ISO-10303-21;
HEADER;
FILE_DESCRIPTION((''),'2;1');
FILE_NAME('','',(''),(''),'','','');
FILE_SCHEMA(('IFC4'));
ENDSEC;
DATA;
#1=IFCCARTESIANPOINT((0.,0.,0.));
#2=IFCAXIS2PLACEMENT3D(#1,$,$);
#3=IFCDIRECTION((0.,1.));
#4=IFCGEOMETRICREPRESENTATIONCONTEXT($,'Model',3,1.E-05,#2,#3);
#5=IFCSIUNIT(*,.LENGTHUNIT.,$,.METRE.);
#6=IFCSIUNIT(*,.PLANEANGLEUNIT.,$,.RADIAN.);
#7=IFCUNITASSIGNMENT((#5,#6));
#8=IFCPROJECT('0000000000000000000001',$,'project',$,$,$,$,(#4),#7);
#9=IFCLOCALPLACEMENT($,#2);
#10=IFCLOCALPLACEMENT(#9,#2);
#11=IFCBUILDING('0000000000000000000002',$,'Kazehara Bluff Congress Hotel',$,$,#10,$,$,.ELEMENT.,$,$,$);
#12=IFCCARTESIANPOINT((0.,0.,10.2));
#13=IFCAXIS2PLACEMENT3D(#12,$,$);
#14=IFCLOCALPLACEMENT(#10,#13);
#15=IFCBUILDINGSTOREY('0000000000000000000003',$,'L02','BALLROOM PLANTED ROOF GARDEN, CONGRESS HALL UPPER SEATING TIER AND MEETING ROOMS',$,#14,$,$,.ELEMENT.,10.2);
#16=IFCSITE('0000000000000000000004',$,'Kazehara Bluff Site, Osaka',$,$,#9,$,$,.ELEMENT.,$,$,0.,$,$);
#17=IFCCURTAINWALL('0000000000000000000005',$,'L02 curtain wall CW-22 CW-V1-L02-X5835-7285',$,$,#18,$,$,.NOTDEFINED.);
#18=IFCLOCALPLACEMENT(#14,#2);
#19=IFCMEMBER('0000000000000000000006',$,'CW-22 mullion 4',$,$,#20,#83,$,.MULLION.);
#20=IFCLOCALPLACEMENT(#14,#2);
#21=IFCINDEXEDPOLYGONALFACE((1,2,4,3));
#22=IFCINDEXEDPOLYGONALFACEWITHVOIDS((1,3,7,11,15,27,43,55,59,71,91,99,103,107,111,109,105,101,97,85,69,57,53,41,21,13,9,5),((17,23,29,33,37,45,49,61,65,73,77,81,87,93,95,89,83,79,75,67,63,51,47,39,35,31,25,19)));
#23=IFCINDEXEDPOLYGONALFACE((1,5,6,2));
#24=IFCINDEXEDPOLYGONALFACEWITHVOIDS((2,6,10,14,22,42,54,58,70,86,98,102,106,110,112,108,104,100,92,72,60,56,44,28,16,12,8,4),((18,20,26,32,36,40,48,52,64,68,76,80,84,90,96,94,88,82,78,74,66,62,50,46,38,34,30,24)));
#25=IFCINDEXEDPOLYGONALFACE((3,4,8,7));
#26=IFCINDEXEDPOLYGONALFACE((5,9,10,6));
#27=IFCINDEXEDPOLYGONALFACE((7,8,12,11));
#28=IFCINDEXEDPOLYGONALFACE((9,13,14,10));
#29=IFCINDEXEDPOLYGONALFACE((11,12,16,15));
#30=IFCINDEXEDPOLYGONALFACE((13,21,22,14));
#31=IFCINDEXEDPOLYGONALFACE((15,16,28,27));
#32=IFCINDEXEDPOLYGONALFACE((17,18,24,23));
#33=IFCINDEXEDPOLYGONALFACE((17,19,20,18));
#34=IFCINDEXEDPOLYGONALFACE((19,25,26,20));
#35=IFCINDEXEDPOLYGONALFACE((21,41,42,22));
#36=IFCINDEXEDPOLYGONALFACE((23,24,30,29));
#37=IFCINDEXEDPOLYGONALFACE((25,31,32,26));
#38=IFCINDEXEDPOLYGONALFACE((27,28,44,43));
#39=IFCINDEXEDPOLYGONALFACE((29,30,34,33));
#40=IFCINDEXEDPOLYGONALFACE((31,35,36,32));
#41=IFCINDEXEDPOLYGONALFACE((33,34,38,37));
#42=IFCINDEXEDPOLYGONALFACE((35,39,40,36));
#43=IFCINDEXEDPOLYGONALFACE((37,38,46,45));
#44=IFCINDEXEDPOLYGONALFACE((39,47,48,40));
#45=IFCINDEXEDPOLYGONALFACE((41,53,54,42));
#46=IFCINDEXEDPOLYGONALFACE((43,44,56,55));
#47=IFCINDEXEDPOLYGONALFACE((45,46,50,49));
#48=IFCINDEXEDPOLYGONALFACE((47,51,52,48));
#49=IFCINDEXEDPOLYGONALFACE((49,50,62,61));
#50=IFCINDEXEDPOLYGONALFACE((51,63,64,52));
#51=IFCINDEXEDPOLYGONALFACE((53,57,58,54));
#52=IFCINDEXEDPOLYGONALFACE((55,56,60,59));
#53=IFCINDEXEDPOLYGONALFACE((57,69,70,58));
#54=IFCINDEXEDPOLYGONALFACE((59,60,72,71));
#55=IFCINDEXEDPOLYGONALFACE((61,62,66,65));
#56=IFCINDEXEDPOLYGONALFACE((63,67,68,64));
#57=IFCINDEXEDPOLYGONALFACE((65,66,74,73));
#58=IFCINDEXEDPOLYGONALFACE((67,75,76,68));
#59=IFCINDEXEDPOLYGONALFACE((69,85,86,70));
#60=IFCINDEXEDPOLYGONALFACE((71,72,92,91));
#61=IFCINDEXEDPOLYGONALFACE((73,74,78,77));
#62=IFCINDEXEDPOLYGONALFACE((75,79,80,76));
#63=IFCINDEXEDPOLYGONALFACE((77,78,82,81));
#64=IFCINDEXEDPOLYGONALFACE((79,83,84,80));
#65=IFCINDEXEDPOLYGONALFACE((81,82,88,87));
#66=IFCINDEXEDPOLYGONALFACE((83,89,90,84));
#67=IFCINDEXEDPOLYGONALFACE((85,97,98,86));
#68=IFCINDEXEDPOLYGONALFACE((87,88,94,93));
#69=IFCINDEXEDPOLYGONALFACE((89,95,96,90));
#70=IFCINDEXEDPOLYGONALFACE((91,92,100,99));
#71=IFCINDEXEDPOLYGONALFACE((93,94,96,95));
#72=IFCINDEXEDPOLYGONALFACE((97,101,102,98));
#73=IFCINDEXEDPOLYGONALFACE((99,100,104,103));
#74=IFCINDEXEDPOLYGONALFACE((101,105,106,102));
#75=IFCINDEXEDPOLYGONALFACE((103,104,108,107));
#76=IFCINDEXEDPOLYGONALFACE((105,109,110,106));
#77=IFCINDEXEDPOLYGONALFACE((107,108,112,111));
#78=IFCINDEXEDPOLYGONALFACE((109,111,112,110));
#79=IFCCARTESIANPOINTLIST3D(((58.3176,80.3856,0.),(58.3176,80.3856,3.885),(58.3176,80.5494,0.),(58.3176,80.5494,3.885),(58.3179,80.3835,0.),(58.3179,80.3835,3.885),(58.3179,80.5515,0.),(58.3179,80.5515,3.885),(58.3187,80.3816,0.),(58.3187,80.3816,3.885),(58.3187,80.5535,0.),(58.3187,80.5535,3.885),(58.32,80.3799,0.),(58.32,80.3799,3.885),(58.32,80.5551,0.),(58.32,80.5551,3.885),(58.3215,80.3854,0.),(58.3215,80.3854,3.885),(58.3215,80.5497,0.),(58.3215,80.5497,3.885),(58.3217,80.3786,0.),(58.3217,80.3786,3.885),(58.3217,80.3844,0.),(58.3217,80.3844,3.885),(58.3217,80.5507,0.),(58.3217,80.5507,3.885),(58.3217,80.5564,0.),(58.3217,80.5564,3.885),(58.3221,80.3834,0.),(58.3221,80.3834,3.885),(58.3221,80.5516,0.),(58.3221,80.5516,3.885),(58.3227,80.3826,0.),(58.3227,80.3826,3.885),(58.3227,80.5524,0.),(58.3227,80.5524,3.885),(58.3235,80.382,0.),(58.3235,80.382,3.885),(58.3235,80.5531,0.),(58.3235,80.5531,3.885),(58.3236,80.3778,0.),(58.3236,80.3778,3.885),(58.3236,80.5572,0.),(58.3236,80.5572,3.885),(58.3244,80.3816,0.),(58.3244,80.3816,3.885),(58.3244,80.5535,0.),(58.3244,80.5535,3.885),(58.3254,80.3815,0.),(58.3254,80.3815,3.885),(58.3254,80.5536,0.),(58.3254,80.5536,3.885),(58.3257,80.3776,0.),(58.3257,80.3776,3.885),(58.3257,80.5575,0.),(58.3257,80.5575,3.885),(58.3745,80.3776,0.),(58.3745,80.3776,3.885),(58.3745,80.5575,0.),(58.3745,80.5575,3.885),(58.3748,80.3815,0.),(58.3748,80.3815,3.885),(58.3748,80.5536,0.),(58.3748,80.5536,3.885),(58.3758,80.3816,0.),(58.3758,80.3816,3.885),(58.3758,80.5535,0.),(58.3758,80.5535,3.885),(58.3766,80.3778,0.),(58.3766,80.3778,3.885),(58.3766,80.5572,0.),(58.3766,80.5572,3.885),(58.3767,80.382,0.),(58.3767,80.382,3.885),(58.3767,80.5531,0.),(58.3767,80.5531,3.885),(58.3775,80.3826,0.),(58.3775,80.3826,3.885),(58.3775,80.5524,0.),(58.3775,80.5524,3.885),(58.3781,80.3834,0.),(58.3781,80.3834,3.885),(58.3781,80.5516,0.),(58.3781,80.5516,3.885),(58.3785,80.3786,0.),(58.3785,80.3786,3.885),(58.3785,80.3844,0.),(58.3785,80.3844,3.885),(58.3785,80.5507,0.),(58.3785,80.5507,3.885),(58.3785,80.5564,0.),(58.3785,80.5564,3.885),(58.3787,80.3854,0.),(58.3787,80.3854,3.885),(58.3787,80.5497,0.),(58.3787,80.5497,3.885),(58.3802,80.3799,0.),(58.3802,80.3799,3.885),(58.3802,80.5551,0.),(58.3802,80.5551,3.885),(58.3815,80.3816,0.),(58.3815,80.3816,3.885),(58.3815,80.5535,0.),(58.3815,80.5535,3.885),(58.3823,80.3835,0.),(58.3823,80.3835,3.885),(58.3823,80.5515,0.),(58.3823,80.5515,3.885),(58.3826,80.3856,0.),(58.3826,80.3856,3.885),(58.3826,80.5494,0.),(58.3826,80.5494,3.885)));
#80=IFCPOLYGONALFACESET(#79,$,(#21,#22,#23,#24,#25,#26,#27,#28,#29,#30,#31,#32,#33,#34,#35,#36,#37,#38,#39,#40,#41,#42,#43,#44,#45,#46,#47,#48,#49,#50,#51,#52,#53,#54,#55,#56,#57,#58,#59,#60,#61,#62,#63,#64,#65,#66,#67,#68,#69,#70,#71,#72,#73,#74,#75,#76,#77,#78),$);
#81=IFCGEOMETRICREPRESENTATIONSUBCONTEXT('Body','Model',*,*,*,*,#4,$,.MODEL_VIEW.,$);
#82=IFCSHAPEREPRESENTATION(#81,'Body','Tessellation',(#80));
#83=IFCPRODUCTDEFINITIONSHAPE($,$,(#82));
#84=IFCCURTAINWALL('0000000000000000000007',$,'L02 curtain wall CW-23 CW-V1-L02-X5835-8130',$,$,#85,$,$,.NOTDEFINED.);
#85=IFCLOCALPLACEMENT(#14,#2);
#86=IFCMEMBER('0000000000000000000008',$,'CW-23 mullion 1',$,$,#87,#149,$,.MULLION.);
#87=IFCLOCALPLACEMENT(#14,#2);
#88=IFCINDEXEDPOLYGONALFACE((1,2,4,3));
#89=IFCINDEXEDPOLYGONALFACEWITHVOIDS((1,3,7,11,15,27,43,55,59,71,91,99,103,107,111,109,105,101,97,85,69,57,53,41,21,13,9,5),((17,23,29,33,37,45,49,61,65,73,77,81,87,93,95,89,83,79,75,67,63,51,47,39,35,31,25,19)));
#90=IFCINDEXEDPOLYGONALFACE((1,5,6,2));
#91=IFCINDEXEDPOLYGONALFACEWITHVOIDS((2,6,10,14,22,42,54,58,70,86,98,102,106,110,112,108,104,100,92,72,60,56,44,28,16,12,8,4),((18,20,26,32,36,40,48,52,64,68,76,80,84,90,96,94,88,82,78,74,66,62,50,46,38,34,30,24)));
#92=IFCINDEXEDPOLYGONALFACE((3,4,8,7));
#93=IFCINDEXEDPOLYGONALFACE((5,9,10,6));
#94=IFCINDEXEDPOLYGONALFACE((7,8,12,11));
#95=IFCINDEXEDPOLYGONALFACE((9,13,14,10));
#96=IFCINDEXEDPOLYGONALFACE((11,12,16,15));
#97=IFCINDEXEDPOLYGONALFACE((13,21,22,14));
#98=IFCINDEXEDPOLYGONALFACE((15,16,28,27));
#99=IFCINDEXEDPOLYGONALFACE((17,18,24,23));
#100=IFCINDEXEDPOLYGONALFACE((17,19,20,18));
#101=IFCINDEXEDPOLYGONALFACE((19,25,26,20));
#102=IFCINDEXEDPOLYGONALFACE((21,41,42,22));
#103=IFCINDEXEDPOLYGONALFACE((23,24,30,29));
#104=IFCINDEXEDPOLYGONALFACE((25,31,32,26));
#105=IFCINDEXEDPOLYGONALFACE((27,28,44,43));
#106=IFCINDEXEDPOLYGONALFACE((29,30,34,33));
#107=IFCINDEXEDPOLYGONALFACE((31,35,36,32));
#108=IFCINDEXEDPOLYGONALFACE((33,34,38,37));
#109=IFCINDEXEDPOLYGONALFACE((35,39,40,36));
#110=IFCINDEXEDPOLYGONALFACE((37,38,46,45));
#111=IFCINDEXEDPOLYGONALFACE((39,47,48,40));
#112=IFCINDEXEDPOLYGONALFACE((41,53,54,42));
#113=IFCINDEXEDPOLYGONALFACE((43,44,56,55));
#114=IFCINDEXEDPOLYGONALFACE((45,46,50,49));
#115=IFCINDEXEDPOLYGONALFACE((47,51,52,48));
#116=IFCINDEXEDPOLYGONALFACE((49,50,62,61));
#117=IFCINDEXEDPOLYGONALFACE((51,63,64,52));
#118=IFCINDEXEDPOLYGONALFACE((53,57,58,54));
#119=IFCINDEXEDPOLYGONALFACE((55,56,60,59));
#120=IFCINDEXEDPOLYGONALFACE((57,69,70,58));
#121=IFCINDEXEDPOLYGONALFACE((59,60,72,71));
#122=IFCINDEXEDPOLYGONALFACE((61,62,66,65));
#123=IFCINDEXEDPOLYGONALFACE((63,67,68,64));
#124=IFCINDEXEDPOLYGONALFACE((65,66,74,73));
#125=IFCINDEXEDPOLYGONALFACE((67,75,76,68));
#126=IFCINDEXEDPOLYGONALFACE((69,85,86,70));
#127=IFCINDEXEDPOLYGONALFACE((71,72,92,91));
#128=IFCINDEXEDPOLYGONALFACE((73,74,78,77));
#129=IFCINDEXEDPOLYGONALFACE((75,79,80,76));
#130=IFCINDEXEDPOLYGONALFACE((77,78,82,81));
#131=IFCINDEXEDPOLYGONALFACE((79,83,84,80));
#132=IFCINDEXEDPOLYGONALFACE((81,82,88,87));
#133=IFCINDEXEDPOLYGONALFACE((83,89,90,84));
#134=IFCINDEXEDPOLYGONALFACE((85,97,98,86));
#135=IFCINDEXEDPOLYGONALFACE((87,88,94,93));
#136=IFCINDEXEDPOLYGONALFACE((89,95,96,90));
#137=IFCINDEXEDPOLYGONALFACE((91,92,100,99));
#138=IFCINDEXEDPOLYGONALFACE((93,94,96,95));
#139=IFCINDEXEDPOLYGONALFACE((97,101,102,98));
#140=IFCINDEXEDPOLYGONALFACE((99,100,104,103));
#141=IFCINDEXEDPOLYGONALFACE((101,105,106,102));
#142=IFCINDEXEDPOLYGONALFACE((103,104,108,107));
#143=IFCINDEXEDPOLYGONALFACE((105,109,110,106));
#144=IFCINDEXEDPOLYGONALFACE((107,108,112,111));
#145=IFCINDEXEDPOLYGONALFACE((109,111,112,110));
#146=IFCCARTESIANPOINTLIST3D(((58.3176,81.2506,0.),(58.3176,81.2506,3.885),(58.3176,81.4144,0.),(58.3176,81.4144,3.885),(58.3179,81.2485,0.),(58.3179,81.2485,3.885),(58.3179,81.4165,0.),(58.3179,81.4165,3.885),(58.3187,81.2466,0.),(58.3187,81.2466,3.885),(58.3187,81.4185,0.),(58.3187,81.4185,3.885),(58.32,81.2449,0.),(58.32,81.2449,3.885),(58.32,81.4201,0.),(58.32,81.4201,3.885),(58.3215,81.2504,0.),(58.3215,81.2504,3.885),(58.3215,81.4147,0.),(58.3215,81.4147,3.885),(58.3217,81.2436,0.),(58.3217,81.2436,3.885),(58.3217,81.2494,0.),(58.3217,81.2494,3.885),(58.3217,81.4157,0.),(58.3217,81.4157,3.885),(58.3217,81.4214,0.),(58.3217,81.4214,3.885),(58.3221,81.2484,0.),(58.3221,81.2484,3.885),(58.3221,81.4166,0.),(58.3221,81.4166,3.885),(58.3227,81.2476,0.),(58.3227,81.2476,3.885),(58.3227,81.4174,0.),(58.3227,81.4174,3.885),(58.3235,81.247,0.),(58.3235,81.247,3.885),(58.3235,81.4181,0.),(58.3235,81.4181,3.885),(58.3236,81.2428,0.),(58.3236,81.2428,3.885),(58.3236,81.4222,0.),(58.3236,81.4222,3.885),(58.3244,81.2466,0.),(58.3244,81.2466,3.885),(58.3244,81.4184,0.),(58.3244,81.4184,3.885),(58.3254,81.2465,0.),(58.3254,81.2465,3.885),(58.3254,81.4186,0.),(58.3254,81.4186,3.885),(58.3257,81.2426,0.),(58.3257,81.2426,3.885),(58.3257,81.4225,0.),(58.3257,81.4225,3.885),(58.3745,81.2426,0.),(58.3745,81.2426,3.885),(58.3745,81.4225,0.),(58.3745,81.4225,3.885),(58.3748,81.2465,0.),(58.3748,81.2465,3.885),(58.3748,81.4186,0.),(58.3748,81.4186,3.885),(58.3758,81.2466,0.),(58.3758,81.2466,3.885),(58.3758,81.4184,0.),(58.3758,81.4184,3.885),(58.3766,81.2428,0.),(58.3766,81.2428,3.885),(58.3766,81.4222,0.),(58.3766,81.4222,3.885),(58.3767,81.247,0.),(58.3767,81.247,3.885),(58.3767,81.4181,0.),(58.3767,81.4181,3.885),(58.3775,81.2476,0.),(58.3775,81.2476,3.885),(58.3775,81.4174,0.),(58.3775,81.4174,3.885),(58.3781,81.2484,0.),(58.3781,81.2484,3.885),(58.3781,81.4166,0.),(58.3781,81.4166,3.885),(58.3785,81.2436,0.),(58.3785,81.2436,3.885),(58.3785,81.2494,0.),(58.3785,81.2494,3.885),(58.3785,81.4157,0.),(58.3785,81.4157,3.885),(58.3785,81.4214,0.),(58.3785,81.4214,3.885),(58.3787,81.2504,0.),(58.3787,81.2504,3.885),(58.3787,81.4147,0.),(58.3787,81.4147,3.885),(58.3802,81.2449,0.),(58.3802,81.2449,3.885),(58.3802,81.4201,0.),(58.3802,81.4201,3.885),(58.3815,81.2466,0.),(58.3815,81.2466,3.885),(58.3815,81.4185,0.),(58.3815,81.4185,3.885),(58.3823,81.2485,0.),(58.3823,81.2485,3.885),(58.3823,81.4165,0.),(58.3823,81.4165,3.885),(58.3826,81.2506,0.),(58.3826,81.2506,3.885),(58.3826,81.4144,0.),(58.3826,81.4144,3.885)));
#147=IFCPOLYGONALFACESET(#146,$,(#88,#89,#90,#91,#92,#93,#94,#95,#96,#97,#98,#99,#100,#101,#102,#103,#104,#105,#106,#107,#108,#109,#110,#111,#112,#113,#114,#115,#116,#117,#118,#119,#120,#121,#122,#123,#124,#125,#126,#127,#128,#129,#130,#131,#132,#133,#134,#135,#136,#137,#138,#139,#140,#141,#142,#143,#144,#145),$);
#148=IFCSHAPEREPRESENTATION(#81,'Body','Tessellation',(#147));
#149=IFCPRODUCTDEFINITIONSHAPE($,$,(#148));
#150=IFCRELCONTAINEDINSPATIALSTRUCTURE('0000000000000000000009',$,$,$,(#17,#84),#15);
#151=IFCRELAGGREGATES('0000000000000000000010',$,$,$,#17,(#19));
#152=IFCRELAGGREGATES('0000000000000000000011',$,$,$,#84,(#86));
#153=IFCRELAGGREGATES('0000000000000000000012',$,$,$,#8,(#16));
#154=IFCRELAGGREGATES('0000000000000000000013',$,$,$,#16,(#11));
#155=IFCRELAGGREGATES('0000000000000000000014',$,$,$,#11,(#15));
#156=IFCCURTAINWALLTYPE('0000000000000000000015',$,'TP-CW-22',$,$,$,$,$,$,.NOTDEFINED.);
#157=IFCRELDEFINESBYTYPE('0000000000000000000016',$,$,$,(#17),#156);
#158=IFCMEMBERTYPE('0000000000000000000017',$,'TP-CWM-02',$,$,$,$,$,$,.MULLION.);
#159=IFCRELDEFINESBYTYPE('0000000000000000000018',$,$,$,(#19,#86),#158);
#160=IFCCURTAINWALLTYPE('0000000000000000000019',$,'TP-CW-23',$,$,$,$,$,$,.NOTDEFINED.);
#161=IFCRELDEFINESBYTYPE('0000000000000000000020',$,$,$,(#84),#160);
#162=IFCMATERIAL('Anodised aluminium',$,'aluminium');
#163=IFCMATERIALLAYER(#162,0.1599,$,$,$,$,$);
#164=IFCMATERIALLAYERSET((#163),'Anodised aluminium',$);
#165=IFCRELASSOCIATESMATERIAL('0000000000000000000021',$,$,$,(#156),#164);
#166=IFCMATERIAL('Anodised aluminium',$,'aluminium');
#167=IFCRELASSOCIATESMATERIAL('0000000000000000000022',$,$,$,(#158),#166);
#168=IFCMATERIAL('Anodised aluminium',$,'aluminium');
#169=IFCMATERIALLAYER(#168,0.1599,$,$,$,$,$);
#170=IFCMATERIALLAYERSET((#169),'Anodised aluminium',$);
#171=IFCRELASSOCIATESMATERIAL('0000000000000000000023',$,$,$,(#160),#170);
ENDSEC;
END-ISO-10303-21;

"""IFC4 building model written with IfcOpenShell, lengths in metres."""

from ifc_helpers import new_model, si_unit, direction, frame, origin, origin_2d, place, context, subcontext, project, spatial, hollow_rectangle, extrude, material, layer, layer_set, material_profile, profile_set, type_object, element, aggregate, save


model = new_model("IFC4")

# Units and contexts
model_context = context("Model", 3, precision=1e-05, world=origin(), true_north=direction((0.0, 1.0)))
body_context = subcontext(model_context, "Body", "Model", "MODEL_VIEW")
ifc_project = project(units=[si_unit("LENGTHUNIT", "METRE"), si_unit("PLANEANGLEUNIT", "RADIAN")], contexts=[model_context])

# Site, building, storey
site_placement = place(None, origin())
site = spatial("IfcSite", under=ifc_project, at=site_placement, Name="Kazehara Bluff Site, Osaka", CompositionType="ELEMENT", RefElevation=0.0)
building_placement = place(site_placement, origin())
building = spatial("IfcBuilding", under=site, at=building_placement, Name="Kazehara Bluff Congress Hotel", CompositionType="ELEMENT")
storey_placement = place(building_placement, frame((0.0, 0.0, 10.2)))
storey = spatial("IfcBuildingStorey", under=building, at=storey_placement, Name="L02", Description="BALLROOM PLANTED ROOF GARDEN, CONGRESS HALL UPPER SEATING TIER AND MEETING ROOMS", CompositionType="ELEMENT", Elevation=10.2)

# Curtain walls, members
ifc_material_1 = material(Name="Anodised aluminium", Category="aluminium")
ifc_layer_1 = layer(ifc_material_1, 0.1599)
ifc_layer_set_1 = layer_set([ifc_layer_1], Name="Anodised aluminium")
curtain_wall_type_1 = type_object("IfcCurtainWallType", Name="TP-CW-22", PredefinedType="NOTDEFINED", material=ifc_layer_set_1)
curtain_wall_1_placement = place(storey_placement, origin())
curtain_wall_1 = element("IfcCurtainWall", 1, at=curtain_wall_1_placement, inside=storey, type_object=curtain_wall_type_1, Name="L02 curtain wall CW-22 CW-V1-L02-X5835-7285", PredefinedType="NOTDEFINED")
ifc_material_2 = material(Name="Anodised aluminium", Category="aluminium")
ifc_material_profile_1 = material_profile(ifc_material_2, hollow_rectangle(XDim=0.0649, YDim=0.1799, WallThickness=0.0039, InnerFilletRadius=0.0039, OuterFilletRadius=0.0081, at=origin_2d()))
ifc_profile_set_1 = profile_set([ifc_material_profile_1], Name="Anodised aluminium")
member_type_1 = type_object("IfcMemberType", Name="TP-CWM-02", PredefinedType="MULLION", material=ifc_profile_set_1)
member_1_placement = place(storey_placement, frame((58.3501, 80.4675, 0.0), z_axis=(0.0, 0.0, 1.0), x_axis=(-1.0, 0.0, 0.0)))
member_1 = element("IfcMember", 2, at=member_1_placement, type_object=member_type_1, Name="CW-22 mullion 4", PredefinedType="MULLION", context=body_context, shape_type="SweptSolid", body=[
    extrude(hollow_rectangle(XDim=0.0649, YDim=0.1799, WallThickness=0.0039, InnerFilletRadius=0.0039, OuterFilletRadius=0.0081, at=origin_2d()), origin(), (0.0, 0.0, 1.0), 3.885),
])
ifc_material_3 = material(Name="Anodised aluminium", Category="aluminium")
ifc_layer_2 = layer(ifc_material_3, 0.1599)
ifc_layer_set_2 = layer_set([ifc_layer_2], Name="Anodised aluminium")
curtain_wall_type_2 = type_object("IfcCurtainWallType", Name="TP-CW-23", PredefinedType="NOTDEFINED", material=ifc_layer_set_2)
curtain_wall_2_placement = place(storey_placement, origin())
curtain_wall_2 = element("IfcCurtainWall", 3, at=curtain_wall_2_placement, inside=storey, type_object=curtain_wall_type_2, Name="L02 curtain wall CW-23 CW-V1-L02-X5835-8130", PredefinedType="NOTDEFINED")
member_2_placement = place(storey_placement, frame((58.3501, 81.3325, 0.0), z_axis=(0.0, 0.0, 1.0), x_axis=(-1.0, 0.0, 0.0)))
member_2 = element("IfcMember", 4, at=member_2_placement, type_object=member_type_1, Name="CW-23 mullion 1", PredefinedType="MULLION", context=body_context, shape_type="SweptSolid", body=[
    extrude(hollow_rectangle(XDim=0.0649, YDim=0.1799, WallThickness=0.0039, InnerFilletRadius=0.0039, OuterFilletRadius=0.0081, at=origin_2d()), origin(), (0.0, 0.0, 1.0), 3.885),
])

aggregate(curtain_wall_1, [member_1])
aggregate(curtain_wall_2, [member_2])

save(model, "model.ifc")
